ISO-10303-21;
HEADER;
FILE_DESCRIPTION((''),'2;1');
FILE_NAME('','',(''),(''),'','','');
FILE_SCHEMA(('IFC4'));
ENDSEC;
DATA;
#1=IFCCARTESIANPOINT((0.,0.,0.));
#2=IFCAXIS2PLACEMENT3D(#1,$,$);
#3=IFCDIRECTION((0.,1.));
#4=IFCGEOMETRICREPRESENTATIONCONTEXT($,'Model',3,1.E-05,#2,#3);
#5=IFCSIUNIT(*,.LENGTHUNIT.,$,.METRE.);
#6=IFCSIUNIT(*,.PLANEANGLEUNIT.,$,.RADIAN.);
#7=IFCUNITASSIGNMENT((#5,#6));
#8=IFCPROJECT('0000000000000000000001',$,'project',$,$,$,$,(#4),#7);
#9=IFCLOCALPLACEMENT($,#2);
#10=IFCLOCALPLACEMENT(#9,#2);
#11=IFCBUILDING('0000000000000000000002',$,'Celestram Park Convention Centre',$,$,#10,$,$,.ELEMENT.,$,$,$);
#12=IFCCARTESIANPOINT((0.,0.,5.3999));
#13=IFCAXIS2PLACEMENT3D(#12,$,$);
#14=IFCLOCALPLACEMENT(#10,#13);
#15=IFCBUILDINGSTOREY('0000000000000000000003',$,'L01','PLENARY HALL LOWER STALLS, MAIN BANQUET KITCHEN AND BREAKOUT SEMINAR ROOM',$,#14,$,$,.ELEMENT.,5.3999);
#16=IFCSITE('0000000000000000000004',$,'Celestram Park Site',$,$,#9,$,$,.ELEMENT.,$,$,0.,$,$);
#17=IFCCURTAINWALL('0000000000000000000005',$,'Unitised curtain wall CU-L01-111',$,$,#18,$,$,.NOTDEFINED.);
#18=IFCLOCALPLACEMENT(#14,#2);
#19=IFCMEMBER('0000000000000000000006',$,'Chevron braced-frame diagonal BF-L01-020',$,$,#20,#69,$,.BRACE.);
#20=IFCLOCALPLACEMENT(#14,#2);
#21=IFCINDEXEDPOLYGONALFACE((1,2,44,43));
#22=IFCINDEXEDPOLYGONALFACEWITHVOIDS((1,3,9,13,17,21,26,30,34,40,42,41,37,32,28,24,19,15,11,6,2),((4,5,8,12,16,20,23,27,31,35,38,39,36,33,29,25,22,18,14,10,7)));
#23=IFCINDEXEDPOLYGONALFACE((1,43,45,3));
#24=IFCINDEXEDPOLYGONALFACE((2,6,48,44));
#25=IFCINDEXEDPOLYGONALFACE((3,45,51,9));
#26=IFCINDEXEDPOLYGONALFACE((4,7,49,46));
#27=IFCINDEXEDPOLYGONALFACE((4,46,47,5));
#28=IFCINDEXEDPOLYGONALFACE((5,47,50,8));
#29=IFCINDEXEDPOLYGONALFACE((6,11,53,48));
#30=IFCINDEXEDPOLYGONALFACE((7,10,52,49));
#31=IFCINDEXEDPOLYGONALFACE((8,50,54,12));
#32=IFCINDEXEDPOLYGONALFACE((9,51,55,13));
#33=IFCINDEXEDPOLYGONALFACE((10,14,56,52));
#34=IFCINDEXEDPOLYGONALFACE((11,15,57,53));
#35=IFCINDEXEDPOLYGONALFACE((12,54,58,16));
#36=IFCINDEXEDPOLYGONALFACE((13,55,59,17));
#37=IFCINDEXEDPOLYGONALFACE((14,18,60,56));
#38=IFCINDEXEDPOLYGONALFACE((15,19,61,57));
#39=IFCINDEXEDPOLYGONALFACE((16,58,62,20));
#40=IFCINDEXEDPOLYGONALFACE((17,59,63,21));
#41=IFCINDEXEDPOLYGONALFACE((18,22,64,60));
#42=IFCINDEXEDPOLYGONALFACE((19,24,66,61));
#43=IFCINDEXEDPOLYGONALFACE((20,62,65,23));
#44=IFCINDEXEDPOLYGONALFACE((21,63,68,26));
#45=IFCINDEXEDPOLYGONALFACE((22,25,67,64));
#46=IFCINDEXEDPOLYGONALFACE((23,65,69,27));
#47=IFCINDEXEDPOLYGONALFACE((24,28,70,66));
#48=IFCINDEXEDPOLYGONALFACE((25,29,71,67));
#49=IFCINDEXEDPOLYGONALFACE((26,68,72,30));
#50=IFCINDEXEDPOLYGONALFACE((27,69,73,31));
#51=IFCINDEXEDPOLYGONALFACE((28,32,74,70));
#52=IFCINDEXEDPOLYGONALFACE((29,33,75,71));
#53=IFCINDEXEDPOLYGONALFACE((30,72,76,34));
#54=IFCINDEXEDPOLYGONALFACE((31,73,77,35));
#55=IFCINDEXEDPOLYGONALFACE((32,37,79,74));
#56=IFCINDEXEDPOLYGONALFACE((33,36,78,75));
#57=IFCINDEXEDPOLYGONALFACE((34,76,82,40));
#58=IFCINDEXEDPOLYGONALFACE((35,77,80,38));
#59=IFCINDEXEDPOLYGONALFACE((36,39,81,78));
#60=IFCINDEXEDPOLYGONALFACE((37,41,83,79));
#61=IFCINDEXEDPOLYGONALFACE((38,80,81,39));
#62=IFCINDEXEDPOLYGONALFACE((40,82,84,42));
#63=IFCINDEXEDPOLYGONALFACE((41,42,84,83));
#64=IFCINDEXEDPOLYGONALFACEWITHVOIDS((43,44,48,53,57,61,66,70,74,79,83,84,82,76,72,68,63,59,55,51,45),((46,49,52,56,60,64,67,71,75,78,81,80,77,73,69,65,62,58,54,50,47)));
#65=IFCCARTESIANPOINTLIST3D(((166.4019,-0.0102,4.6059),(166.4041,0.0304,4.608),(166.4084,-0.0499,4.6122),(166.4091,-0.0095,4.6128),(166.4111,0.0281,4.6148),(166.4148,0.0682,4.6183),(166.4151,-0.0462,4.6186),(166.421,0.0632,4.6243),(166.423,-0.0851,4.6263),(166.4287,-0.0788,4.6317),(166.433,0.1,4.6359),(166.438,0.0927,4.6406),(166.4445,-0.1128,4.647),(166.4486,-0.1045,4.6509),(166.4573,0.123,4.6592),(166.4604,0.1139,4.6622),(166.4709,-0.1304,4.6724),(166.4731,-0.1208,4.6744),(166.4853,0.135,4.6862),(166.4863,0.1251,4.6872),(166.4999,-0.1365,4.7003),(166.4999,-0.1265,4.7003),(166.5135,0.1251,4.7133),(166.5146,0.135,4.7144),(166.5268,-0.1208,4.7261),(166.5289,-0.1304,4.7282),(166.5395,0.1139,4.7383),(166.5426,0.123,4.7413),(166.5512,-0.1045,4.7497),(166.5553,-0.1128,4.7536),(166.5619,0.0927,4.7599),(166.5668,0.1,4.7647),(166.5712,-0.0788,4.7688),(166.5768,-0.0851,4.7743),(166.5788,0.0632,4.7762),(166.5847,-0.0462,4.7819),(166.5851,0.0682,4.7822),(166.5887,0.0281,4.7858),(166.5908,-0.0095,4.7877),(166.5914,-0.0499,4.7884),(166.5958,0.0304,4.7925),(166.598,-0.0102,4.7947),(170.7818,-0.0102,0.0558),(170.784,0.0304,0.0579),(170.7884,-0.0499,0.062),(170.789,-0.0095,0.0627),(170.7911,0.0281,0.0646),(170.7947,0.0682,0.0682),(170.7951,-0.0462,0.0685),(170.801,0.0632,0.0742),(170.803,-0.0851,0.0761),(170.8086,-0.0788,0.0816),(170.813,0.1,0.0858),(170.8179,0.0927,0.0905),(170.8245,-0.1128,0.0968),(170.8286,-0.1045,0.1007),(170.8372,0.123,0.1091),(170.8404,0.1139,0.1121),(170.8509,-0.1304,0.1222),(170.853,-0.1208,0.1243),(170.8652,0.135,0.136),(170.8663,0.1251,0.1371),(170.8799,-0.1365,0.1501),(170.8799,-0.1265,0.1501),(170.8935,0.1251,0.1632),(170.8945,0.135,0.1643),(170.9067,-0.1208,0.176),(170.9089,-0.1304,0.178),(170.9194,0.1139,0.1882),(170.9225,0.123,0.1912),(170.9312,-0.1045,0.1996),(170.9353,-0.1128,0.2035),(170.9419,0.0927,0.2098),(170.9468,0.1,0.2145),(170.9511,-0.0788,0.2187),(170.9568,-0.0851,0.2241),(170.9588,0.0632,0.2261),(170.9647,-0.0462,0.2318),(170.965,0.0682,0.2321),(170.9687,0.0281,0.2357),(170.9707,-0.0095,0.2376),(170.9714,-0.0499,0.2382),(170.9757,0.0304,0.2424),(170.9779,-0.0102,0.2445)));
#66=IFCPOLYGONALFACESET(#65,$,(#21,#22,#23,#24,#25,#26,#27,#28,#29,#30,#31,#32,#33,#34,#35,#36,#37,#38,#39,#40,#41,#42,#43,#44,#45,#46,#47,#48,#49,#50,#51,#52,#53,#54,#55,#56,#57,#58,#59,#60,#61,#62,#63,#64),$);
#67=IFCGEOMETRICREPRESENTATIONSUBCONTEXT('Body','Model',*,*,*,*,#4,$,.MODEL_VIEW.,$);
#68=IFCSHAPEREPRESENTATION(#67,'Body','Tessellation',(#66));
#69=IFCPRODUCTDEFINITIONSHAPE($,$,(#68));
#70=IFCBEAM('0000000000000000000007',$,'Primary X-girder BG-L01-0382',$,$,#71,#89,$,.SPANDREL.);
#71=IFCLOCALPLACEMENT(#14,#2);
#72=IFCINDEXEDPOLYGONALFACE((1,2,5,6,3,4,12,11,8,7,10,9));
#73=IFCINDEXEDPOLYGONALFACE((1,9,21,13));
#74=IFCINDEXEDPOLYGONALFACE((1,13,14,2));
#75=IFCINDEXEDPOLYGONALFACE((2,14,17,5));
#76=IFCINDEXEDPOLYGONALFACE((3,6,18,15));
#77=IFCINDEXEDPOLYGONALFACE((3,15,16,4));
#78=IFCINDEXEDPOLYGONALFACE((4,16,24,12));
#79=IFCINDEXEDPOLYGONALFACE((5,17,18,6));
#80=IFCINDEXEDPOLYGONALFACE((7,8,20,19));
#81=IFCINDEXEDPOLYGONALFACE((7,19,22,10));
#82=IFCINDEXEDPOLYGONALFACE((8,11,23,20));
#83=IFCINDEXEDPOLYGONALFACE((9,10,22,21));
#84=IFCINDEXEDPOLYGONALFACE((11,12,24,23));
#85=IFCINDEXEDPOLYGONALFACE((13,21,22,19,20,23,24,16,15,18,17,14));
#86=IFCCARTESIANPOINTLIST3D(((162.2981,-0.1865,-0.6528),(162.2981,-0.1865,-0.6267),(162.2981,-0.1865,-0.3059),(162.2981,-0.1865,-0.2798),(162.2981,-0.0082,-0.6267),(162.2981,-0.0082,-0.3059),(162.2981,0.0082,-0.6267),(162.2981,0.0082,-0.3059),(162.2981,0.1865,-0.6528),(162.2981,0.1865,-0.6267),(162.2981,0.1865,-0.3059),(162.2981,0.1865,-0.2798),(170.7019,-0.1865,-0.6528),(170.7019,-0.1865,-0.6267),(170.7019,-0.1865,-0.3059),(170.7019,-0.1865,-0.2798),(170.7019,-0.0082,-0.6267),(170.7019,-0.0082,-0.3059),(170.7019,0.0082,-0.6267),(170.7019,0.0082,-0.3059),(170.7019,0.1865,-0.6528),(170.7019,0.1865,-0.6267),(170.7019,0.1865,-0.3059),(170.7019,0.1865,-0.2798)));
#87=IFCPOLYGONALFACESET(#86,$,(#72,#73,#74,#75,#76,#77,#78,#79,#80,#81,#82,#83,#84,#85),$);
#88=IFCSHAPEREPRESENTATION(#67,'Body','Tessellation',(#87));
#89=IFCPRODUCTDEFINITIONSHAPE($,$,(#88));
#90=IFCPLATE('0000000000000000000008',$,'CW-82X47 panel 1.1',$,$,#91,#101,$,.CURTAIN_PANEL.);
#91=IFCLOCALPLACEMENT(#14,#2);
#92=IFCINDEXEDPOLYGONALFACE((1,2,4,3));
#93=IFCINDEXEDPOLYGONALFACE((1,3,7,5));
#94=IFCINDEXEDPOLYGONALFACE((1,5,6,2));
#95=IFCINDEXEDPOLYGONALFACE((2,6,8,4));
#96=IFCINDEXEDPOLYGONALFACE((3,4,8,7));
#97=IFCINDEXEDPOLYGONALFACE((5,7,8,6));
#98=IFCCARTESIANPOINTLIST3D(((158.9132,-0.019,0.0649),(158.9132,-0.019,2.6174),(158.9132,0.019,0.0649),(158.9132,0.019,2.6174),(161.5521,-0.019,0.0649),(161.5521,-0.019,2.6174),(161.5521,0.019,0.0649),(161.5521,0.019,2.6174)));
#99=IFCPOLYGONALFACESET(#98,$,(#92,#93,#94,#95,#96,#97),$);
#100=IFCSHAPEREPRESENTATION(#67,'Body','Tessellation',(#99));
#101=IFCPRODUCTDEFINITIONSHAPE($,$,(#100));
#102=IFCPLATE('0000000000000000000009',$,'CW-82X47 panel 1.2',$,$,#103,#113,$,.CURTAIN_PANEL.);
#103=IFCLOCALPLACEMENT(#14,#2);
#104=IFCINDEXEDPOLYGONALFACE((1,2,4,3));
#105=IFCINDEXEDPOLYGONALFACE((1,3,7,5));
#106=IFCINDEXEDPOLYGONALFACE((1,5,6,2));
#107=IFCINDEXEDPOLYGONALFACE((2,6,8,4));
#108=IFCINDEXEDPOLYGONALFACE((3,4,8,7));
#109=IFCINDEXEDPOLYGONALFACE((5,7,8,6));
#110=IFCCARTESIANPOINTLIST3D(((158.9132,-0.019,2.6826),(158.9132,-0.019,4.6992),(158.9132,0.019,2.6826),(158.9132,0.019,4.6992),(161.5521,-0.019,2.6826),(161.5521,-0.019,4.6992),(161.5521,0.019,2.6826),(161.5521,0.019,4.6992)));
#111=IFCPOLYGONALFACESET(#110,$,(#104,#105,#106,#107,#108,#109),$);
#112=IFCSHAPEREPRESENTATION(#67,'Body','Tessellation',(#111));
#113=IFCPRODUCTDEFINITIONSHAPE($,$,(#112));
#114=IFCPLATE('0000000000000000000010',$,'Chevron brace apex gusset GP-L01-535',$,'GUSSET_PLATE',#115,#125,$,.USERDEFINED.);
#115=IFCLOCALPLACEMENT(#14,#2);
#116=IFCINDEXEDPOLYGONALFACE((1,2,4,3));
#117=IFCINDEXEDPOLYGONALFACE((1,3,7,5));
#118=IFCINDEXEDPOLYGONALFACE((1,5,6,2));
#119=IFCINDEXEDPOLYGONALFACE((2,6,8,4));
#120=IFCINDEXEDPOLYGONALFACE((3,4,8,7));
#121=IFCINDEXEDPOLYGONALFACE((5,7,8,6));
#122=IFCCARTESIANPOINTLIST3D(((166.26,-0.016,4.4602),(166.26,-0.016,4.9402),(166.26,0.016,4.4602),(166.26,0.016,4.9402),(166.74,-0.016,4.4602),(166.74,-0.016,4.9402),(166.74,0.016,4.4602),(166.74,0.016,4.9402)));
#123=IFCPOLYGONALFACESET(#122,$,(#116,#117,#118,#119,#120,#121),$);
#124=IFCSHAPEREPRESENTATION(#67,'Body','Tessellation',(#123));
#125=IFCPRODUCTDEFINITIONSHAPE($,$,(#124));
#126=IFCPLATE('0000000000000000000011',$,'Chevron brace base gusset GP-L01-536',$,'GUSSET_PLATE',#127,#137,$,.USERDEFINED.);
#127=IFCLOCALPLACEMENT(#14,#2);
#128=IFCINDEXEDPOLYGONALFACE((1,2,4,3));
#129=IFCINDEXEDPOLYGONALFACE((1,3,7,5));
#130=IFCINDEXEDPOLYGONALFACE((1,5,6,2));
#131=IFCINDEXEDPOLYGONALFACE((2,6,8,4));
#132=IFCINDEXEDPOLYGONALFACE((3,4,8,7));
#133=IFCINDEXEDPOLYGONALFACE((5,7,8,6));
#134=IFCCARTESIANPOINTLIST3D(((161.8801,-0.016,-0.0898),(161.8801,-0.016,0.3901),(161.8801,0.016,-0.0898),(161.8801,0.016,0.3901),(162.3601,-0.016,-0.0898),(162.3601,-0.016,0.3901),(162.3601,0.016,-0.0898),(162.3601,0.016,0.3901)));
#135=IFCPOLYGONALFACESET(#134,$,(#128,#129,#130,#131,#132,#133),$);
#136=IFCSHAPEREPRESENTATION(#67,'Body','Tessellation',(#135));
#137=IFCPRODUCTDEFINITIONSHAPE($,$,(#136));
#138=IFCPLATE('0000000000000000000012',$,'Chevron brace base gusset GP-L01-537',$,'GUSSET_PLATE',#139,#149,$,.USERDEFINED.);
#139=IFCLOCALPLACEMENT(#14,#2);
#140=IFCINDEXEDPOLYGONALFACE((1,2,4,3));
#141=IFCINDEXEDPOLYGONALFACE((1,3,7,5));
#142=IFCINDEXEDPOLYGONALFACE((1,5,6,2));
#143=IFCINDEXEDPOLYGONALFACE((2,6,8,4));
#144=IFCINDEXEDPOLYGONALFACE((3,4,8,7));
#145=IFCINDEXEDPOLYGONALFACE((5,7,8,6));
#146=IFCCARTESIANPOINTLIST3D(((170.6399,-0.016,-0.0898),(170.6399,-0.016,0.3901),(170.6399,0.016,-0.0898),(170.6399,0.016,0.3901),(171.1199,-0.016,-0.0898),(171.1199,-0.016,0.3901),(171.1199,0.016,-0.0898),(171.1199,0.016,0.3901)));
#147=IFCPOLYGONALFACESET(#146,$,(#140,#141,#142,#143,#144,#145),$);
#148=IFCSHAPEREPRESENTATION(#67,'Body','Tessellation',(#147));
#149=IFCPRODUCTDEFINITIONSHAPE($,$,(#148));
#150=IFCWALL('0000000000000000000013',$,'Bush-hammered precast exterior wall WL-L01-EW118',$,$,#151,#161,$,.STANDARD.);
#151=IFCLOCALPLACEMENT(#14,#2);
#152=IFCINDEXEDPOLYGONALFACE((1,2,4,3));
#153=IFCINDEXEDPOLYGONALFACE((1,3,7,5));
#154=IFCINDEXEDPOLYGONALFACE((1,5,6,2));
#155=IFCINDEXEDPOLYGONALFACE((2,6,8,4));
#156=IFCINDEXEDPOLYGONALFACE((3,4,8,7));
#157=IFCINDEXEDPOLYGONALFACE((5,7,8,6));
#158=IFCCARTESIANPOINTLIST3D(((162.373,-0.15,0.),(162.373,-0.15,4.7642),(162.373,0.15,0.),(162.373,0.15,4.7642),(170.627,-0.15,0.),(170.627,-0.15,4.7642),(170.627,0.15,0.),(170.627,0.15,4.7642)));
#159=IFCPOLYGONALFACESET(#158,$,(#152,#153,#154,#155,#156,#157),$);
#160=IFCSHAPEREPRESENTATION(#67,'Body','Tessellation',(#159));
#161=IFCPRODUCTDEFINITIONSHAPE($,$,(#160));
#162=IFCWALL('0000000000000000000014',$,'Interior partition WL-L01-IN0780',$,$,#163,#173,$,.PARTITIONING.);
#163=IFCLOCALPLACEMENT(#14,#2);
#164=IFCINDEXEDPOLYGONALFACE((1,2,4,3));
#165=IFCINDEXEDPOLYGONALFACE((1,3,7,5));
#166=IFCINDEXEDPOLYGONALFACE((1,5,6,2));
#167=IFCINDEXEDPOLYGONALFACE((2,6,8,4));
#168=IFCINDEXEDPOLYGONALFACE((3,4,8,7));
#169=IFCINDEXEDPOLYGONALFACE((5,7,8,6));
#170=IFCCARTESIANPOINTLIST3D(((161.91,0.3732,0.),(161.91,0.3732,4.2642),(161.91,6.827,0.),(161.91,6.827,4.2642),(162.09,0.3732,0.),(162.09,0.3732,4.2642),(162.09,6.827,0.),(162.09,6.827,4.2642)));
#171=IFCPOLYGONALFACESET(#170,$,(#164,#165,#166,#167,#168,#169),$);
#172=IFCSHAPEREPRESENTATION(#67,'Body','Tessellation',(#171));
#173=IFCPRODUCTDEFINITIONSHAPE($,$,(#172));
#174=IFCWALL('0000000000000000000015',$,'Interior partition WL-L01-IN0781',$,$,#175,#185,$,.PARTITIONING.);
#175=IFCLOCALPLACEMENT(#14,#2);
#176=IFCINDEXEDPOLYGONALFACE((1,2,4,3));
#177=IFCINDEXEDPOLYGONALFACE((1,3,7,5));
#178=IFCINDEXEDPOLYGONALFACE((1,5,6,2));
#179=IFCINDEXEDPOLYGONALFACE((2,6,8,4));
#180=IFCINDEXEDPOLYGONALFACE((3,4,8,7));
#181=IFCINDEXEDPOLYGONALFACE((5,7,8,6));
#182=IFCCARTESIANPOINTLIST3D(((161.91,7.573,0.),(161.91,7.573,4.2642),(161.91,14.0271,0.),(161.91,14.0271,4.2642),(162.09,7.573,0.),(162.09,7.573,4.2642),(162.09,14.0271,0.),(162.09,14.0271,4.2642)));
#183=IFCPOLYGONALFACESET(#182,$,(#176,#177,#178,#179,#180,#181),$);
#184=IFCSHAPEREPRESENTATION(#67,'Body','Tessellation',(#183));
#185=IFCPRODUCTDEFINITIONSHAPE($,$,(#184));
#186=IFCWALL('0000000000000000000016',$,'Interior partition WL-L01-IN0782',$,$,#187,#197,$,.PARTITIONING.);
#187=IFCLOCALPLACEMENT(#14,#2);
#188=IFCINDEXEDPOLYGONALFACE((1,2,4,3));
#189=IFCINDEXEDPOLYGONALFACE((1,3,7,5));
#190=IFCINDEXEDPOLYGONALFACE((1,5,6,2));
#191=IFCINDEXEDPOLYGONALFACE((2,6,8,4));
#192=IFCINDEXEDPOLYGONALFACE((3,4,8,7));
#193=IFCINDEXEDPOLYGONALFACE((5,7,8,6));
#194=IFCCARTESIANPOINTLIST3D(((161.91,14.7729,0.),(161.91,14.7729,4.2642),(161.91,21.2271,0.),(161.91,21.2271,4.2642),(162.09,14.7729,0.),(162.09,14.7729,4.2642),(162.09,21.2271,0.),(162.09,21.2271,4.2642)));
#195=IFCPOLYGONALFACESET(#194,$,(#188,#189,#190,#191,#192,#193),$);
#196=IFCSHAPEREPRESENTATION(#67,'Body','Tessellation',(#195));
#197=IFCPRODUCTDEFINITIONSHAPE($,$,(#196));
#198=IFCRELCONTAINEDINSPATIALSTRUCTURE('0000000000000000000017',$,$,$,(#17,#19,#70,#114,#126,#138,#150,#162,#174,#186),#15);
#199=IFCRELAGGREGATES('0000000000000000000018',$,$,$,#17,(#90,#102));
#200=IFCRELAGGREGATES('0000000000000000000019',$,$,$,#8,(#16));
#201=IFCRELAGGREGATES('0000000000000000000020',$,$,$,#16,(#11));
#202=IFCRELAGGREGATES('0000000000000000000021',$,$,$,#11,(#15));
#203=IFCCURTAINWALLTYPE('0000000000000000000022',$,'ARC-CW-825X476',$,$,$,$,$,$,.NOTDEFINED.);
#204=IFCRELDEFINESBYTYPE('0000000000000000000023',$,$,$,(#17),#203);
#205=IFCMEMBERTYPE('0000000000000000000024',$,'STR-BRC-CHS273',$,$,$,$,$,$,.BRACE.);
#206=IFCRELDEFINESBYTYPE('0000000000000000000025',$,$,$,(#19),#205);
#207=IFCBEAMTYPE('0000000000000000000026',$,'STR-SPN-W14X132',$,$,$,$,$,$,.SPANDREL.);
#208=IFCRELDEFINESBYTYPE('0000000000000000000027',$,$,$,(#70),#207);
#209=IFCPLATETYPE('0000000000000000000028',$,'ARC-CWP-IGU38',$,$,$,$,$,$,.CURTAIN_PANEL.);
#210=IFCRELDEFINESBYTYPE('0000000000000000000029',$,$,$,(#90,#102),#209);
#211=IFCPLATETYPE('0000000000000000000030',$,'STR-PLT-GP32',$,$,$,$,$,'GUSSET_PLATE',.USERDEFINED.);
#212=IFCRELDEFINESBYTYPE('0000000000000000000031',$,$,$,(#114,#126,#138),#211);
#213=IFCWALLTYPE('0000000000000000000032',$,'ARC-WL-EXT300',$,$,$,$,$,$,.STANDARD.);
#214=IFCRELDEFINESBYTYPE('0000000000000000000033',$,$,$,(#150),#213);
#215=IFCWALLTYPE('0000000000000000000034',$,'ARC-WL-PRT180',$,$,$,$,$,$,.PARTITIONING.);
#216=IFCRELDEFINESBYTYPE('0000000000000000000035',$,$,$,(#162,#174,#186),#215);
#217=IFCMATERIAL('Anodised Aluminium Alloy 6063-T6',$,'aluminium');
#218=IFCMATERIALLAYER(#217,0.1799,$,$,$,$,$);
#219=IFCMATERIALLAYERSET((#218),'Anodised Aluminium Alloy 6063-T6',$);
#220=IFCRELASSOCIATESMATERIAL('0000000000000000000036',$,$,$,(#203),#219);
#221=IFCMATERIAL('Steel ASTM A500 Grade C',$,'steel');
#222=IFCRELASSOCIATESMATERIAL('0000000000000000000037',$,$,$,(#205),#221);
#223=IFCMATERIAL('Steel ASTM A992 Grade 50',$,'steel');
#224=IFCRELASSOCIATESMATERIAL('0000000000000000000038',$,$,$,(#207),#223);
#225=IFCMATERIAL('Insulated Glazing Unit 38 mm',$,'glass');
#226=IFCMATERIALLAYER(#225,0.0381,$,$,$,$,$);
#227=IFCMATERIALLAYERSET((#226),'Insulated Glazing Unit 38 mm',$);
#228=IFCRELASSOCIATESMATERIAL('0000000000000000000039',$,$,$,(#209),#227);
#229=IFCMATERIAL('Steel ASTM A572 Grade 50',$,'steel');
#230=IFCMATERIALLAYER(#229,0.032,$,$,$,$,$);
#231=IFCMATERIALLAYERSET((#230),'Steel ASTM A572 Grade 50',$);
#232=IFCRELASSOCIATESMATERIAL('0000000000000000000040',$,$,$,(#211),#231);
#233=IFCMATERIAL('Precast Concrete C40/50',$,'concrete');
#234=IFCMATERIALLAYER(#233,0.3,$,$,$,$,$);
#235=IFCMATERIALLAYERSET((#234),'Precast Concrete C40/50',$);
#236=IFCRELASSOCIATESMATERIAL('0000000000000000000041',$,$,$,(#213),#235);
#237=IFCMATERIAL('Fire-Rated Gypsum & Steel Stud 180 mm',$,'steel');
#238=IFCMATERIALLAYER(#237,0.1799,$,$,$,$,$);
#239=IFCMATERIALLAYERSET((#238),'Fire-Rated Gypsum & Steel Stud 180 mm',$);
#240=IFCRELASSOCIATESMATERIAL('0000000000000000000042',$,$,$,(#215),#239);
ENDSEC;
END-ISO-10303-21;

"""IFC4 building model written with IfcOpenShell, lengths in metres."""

from ifc_helpers import new_model, si_unit, direction, frame, frame_2d, origin, origin_2d, place, context, subcontext, project, spatial, rectangle, hollow_circle, i_section, extrude, material, layer, layer_set, material_profile, profile_set, type_object, element, aggregate, save


model = new_model("IFC4")

# Units and contexts
model_context = context("Model", 3, precision=1e-05, world=origin(), true_north=direction((0.0, 1.0)))
body_context = subcontext(model_context, "Body", "Model", "MODEL_VIEW")
ifc_project = project(units=[si_unit("LENGTHUNIT", "METRE"), si_unit("PLANEANGLEUNIT", "RADIAN")], contexts=[model_context])

# Site, building, storey
site_placement = place(None, origin())
site = spatial("IfcSite", under=ifc_project, at=site_placement, Name="Celestram Park Site", CompositionType="ELEMENT", RefElevation=0.0)
building_placement = place(site_placement, origin())
building = spatial("IfcBuilding", under=site, at=building_placement, Name="Celestram Park Convention Centre", CompositionType="ELEMENT")
storey_placement = place(building_placement, frame((0.0, 0.0, 5.3999)))
storey = spatial("IfcBuildingStorey", under=building, at=storey_placement, Name="L01", Description="PLENARY HALL LOWER STALLS, MAIN BANQUET KITCHEN AND BREAKOUT SEMINAR ROOM", CompositionType="ELEMENT", Elevation=5.3999)

# Curtain wall
ifc_material_1 = material(Name="Anodised Aluminium Alloy 6063-T6", Category="aluminium")
ifc_layer_1 = layer(ifc_material_1, 0.1799)
ifc_layer_set_1 = layer_set([ifc_layer_1], Name="Anodised Aluminium Alloy 6063-T6")
curtain_wall_type = type_object("IfcCurtainWallType", Name="ARC-CW-825X476", PredefinedType="NOTDEFINED", material=ifc_layer_set_1)
curtain_wall_placement = place(storey_placement, origin())
curtain_wall = element("IfcCurtainWall", 1, at=curtain_wall_placement, inside=storey, type_object=curtain_wall_type, Name="Unitised curtain wall CU-L01-111", PredefinedType="NOTDEFINED")

# Shared definitions
ifc_material_2 = material(Name="Steel ASTM A992 Grade 50", Category="steel")

# Member
ifc_material_3 = material(Name="Steel ASTM A500 Grade C", Category="steel")
ifc_material_profile_1 = material_profile(ifc_material_3, hollow_circle(Radius=0.1365, WallThickness=0.01, at=origin_2d()), Name="CHS273X10")
ifc_profile_set_1 = profile_set([ifc_material_profile_1], Name="Steel ASTM A500 Grade C")
member_type_1 = type_object("IfcMemberType", Name="STR-BRC-CHS273", PredefinedType="BRACE", material=ifc_profile_set_1)
for number, where, z_axis, x_axis, name in (
    (2, (170.8799, 0.0, 0.1501), (-0.693506, 0.0, 0.72045), (0.0, -1.0, 0.0), "Chevron braced-frame diagonal BF-L01-020"),
):
    element("IfcMember", number, at=place(storey_placement, frame(where, z_axis=z_axis, x_axis=x_axis)), inside=storey, type_object=member_type_1, Name=name, PredefinedType="BRACE", context=body_context, shape_type="SweptSolid", body=[
        extrude(hollow_circle(Radius=0.1365, WallThickness=0.01, at=origin_2d()), origin(), (0.0, 0.0, 1.0), 6.3157),
    ])

# Beam
ifc_material_profile_2 = material_profile(ifc_material_2, i_section(OverallWidth=0.373, OverallDepth=0.373, WebThickness=0.0164, FlangeThickness=0.0261, at=origin_2d()), Name="W14X132")
ifc_profile_set_2 = profile_set([ifc_material_profile_2], Name="Steel ASTM A992 Grade 50")
beam_type_1 = type_object("IfcBeamType", Name="STR-SPN-W14X132", PredefinedType="SPANDREL", material=ifc_profile_set_2)
beam_1_placement = place(storey_placement, frame((162.2981, 0.0, -0.4663), z_axis=(1.0, 0.0, 0.0), x_axis=(0.0, 1.0, 0.0)))
element("IfcBeam", 3, at=beam_1_placement, inside=storey, type_object=beam_type_1, Name="Primary X-girder BG-L01-0382", PredefinedType="SPANDREL", context=body_context, shape_type="SweptSolid", body=[
    extrude(i_section(OverallWidth=0.373, OverallDepth=0.373, WebThickness=0.0164, FlangeThickness=0.0261, at=origin_2d()), origin(), (0.0, 0.0, 1.0), 8.4038),
])

# Plates
ifc_material_4 = material(Name="Insulated Glazing Unit 38 mm", Category="glass")
ifc_layer_2 = layer(ifc_material_4, 0.0381)
ifc_layer_set_2 = layer_set([ifc_layer_2], Name="Insulated Glazing Unit 38 mm")
plate_type_1 = type_object("IfcPlateType", Name="ARC-CWP-IGU38", PredefinedType="CURTAIN_PANEL", material=ifc_layer_set_2)
plate_1_placement = place(storey_placement, frame((160.2327, 0.0, 0.0649), z_axis=(0.0, 0.0, 1.0), x_axis=(-1.0, 0.0, 0.0)))
plate_1 = element("IfcPlate", 4, at=plate_1_placement, type_object=plate_type_1, Name="CW-82X47 panel 1.1", PredefinedType="CURTAIN_PANEL", context=body_context, shape_type="SweptSolid", body=[
    extrude(rectangle(XDim=2.6389, YDim=0.0381, at=origin_2d()), origin(), (0.0, 0.0, 1.0), 2.5525),
])
plate_2_placement = place(storey_placement, frame((160.2327, 0.0, 2.6826), z_axis=(0.0, 0.0, 1.0), x_axis=(-1.0, 0.0, 0.0)))
plate_2 = element("IfcPlate", 5, at=plate_2_placement, type_object=plate_type_1, Name="CW-82X47 panel 1.2", PredefinedType="CURTAIN_PANEL", context=body_context, shape_type="SweptSolid", body=[
    extrude(rectangle(XDim=2.6389, YDim=0.0381, at=origin_2d()), origin(), (0.0, 0.0, 1.0), 2.0166),
])
aggregate(curtain_wall, [plate_1, plate_2])

# Plates
ifc_material_5 = material(Name="Steel ASTM A572 Grade 50", Category="steel")
ifc_layer_3 = layer(ifc_material_5, 0.032)
ifc_layer_set_3 = layer_set([ifc_layer_3], Name="Steel ASTM A572 Grade 50")
plate_type_2 = type_object("IfcPlateType", Name="STR-PLT-GP32", ElementType="GUSSET_PLATE", PredefinedType="USERDEFINED", material=ifc_layer_set_3)
for number, where, z_axis, x_axis, name in (
    (6, (166.5, 0.0, 4.4602), (0.0, 0.0, 1.0), (1.0, 0.0, 0.0), "Chevron brace apex gusset GP-L01-535"),
    (7, (162.1201, 0.0, -0.0898), (0.0, 0.0, 1.0), (1.0, 0.0, 0.0), "Chevron brace base gusset GP-L01-536"),
    (8, (170.8799, 0.0, -0.0898), (0.0, 0.0, 1.0), (1.0, 0.0, 0.0), "Chevron brace base gusset GP-L01-537"),
):
    element("IfcPlate", number, at=place(storey_placement, frame(where, z_axis=z_axis, x_axis=x_axis)), inside=storey, type_object=plate_type_2, Name=name, ObjectType="GUSSET_PLATE", PredefinedType="USERDEFINED", context=body_context, shape_type="SweptSolid", body=[
        extrude(rectangle(XDim=0.48, YDim=0.032, at=origin_2d()), origin(), (0.0, 0.0, 1.0), 0.48),
    ])

# Walls
ifc_material_6 = material(Name="Precast Concrete C40/50", Category="concrete")
ifc_layer_4 = layer(ifc_material_6, 0.3)
ifc_layer_set_4 = layer_set([ifc_layer_4], Name="Precast Concrete C40/50")
wall_type_1 = type_object("IfcWallType", Name="ARC-WL-EXT300", PredefinedType="STANDARD", material=ifc_layer_set_4)
wall_1_placement = place(storey_placement, frame((170.627, 0.0, 0.0), z_axis=(0.0, 0.0, 1.0), x_axis=(-1.0, 0.0, 0.0)))
element("IfcWall", 9, at=wall_1_placement, inside=storey, type_object=wall_type_1, Name="Bush-hammered precast exterior wall WL-L01-EW118", PredefinedType="STANDARD", context=body_context, shape_type="SweptSolid", body=[
    extrude(rectangle(XDim=8.2539, YDim=0.3, at=frame_2d((4.127, 0.0))), origin(), (0.0, 0.0, 1.0), 4.7642),
])
ifc_material_7 = material(Name="Fire-Rated Gypsum & Steel Stud 180 mm", Category="steel")
ifc_layer_5 = layer(ifc_material_7, 0.1799)
ifc_layer_set_5 = layer_set([ifc_layer_5], Name="Fire-Rated Gypsum & Steel Stud 180 mm")
wall_type_2 = type_object("IfcWallType", Name="ARC-WL-PRT180", PredefinedType="PARTITIONING", material=ifc_layer_set_5)
wall_2_placement = place(storey_placement, frame((162.0, 0.373, 0.0), z_axis=(0.0, 0.0, 1.0), x_axis=(0.0, 1.0, 0.0)))
element("IfcWall", 10, at=wall_2_placement, inside=storey, type_object=wall_type_2, Name="Interior partition WL-L01-IN0780", PredefinedType="PARTITIONING", context=body_context, shape_type="SweptSolid", body=[
    extrude(rectangle(XDim=6.4539, YDim=0.1799, at=frame_2d((3.2271, 0.0))), origin(), (0.0, 0.0, 1.0), 4.2642),
])
for number, where, z_axis, x_axis, name in (
    (11, (162.0, 7.573, 0.0), (0.0, 0.0, 1.0), (0.0, 1.0, 0.0), "Interior partition WL-L01-IN0781"),
    (12, (162.0, 14.7729, 0.0), (0.0, 0.0, 1.0), (0.0, 1.0, 0.0), "Interior partition WL-L01-IN0782"),
):
    element("IfcWall", number, at=place(storey_placement, frame(where, z_axis=z_axis, x_axis=x_axis)), inside=storey, type_object=wall_type_2, Name=name, PredefinedType="PARTITIONING", context=body_context, shape_type="SweptSolid", body=[
        extrude(rectangle(XDim=6.4541, YDim=0.1799, at=frame_2d((3.2271, 0.0))), origin(), (0.0, 0.0, 1.0), 4.2642),
    ])

save(model, "model.ifc")
